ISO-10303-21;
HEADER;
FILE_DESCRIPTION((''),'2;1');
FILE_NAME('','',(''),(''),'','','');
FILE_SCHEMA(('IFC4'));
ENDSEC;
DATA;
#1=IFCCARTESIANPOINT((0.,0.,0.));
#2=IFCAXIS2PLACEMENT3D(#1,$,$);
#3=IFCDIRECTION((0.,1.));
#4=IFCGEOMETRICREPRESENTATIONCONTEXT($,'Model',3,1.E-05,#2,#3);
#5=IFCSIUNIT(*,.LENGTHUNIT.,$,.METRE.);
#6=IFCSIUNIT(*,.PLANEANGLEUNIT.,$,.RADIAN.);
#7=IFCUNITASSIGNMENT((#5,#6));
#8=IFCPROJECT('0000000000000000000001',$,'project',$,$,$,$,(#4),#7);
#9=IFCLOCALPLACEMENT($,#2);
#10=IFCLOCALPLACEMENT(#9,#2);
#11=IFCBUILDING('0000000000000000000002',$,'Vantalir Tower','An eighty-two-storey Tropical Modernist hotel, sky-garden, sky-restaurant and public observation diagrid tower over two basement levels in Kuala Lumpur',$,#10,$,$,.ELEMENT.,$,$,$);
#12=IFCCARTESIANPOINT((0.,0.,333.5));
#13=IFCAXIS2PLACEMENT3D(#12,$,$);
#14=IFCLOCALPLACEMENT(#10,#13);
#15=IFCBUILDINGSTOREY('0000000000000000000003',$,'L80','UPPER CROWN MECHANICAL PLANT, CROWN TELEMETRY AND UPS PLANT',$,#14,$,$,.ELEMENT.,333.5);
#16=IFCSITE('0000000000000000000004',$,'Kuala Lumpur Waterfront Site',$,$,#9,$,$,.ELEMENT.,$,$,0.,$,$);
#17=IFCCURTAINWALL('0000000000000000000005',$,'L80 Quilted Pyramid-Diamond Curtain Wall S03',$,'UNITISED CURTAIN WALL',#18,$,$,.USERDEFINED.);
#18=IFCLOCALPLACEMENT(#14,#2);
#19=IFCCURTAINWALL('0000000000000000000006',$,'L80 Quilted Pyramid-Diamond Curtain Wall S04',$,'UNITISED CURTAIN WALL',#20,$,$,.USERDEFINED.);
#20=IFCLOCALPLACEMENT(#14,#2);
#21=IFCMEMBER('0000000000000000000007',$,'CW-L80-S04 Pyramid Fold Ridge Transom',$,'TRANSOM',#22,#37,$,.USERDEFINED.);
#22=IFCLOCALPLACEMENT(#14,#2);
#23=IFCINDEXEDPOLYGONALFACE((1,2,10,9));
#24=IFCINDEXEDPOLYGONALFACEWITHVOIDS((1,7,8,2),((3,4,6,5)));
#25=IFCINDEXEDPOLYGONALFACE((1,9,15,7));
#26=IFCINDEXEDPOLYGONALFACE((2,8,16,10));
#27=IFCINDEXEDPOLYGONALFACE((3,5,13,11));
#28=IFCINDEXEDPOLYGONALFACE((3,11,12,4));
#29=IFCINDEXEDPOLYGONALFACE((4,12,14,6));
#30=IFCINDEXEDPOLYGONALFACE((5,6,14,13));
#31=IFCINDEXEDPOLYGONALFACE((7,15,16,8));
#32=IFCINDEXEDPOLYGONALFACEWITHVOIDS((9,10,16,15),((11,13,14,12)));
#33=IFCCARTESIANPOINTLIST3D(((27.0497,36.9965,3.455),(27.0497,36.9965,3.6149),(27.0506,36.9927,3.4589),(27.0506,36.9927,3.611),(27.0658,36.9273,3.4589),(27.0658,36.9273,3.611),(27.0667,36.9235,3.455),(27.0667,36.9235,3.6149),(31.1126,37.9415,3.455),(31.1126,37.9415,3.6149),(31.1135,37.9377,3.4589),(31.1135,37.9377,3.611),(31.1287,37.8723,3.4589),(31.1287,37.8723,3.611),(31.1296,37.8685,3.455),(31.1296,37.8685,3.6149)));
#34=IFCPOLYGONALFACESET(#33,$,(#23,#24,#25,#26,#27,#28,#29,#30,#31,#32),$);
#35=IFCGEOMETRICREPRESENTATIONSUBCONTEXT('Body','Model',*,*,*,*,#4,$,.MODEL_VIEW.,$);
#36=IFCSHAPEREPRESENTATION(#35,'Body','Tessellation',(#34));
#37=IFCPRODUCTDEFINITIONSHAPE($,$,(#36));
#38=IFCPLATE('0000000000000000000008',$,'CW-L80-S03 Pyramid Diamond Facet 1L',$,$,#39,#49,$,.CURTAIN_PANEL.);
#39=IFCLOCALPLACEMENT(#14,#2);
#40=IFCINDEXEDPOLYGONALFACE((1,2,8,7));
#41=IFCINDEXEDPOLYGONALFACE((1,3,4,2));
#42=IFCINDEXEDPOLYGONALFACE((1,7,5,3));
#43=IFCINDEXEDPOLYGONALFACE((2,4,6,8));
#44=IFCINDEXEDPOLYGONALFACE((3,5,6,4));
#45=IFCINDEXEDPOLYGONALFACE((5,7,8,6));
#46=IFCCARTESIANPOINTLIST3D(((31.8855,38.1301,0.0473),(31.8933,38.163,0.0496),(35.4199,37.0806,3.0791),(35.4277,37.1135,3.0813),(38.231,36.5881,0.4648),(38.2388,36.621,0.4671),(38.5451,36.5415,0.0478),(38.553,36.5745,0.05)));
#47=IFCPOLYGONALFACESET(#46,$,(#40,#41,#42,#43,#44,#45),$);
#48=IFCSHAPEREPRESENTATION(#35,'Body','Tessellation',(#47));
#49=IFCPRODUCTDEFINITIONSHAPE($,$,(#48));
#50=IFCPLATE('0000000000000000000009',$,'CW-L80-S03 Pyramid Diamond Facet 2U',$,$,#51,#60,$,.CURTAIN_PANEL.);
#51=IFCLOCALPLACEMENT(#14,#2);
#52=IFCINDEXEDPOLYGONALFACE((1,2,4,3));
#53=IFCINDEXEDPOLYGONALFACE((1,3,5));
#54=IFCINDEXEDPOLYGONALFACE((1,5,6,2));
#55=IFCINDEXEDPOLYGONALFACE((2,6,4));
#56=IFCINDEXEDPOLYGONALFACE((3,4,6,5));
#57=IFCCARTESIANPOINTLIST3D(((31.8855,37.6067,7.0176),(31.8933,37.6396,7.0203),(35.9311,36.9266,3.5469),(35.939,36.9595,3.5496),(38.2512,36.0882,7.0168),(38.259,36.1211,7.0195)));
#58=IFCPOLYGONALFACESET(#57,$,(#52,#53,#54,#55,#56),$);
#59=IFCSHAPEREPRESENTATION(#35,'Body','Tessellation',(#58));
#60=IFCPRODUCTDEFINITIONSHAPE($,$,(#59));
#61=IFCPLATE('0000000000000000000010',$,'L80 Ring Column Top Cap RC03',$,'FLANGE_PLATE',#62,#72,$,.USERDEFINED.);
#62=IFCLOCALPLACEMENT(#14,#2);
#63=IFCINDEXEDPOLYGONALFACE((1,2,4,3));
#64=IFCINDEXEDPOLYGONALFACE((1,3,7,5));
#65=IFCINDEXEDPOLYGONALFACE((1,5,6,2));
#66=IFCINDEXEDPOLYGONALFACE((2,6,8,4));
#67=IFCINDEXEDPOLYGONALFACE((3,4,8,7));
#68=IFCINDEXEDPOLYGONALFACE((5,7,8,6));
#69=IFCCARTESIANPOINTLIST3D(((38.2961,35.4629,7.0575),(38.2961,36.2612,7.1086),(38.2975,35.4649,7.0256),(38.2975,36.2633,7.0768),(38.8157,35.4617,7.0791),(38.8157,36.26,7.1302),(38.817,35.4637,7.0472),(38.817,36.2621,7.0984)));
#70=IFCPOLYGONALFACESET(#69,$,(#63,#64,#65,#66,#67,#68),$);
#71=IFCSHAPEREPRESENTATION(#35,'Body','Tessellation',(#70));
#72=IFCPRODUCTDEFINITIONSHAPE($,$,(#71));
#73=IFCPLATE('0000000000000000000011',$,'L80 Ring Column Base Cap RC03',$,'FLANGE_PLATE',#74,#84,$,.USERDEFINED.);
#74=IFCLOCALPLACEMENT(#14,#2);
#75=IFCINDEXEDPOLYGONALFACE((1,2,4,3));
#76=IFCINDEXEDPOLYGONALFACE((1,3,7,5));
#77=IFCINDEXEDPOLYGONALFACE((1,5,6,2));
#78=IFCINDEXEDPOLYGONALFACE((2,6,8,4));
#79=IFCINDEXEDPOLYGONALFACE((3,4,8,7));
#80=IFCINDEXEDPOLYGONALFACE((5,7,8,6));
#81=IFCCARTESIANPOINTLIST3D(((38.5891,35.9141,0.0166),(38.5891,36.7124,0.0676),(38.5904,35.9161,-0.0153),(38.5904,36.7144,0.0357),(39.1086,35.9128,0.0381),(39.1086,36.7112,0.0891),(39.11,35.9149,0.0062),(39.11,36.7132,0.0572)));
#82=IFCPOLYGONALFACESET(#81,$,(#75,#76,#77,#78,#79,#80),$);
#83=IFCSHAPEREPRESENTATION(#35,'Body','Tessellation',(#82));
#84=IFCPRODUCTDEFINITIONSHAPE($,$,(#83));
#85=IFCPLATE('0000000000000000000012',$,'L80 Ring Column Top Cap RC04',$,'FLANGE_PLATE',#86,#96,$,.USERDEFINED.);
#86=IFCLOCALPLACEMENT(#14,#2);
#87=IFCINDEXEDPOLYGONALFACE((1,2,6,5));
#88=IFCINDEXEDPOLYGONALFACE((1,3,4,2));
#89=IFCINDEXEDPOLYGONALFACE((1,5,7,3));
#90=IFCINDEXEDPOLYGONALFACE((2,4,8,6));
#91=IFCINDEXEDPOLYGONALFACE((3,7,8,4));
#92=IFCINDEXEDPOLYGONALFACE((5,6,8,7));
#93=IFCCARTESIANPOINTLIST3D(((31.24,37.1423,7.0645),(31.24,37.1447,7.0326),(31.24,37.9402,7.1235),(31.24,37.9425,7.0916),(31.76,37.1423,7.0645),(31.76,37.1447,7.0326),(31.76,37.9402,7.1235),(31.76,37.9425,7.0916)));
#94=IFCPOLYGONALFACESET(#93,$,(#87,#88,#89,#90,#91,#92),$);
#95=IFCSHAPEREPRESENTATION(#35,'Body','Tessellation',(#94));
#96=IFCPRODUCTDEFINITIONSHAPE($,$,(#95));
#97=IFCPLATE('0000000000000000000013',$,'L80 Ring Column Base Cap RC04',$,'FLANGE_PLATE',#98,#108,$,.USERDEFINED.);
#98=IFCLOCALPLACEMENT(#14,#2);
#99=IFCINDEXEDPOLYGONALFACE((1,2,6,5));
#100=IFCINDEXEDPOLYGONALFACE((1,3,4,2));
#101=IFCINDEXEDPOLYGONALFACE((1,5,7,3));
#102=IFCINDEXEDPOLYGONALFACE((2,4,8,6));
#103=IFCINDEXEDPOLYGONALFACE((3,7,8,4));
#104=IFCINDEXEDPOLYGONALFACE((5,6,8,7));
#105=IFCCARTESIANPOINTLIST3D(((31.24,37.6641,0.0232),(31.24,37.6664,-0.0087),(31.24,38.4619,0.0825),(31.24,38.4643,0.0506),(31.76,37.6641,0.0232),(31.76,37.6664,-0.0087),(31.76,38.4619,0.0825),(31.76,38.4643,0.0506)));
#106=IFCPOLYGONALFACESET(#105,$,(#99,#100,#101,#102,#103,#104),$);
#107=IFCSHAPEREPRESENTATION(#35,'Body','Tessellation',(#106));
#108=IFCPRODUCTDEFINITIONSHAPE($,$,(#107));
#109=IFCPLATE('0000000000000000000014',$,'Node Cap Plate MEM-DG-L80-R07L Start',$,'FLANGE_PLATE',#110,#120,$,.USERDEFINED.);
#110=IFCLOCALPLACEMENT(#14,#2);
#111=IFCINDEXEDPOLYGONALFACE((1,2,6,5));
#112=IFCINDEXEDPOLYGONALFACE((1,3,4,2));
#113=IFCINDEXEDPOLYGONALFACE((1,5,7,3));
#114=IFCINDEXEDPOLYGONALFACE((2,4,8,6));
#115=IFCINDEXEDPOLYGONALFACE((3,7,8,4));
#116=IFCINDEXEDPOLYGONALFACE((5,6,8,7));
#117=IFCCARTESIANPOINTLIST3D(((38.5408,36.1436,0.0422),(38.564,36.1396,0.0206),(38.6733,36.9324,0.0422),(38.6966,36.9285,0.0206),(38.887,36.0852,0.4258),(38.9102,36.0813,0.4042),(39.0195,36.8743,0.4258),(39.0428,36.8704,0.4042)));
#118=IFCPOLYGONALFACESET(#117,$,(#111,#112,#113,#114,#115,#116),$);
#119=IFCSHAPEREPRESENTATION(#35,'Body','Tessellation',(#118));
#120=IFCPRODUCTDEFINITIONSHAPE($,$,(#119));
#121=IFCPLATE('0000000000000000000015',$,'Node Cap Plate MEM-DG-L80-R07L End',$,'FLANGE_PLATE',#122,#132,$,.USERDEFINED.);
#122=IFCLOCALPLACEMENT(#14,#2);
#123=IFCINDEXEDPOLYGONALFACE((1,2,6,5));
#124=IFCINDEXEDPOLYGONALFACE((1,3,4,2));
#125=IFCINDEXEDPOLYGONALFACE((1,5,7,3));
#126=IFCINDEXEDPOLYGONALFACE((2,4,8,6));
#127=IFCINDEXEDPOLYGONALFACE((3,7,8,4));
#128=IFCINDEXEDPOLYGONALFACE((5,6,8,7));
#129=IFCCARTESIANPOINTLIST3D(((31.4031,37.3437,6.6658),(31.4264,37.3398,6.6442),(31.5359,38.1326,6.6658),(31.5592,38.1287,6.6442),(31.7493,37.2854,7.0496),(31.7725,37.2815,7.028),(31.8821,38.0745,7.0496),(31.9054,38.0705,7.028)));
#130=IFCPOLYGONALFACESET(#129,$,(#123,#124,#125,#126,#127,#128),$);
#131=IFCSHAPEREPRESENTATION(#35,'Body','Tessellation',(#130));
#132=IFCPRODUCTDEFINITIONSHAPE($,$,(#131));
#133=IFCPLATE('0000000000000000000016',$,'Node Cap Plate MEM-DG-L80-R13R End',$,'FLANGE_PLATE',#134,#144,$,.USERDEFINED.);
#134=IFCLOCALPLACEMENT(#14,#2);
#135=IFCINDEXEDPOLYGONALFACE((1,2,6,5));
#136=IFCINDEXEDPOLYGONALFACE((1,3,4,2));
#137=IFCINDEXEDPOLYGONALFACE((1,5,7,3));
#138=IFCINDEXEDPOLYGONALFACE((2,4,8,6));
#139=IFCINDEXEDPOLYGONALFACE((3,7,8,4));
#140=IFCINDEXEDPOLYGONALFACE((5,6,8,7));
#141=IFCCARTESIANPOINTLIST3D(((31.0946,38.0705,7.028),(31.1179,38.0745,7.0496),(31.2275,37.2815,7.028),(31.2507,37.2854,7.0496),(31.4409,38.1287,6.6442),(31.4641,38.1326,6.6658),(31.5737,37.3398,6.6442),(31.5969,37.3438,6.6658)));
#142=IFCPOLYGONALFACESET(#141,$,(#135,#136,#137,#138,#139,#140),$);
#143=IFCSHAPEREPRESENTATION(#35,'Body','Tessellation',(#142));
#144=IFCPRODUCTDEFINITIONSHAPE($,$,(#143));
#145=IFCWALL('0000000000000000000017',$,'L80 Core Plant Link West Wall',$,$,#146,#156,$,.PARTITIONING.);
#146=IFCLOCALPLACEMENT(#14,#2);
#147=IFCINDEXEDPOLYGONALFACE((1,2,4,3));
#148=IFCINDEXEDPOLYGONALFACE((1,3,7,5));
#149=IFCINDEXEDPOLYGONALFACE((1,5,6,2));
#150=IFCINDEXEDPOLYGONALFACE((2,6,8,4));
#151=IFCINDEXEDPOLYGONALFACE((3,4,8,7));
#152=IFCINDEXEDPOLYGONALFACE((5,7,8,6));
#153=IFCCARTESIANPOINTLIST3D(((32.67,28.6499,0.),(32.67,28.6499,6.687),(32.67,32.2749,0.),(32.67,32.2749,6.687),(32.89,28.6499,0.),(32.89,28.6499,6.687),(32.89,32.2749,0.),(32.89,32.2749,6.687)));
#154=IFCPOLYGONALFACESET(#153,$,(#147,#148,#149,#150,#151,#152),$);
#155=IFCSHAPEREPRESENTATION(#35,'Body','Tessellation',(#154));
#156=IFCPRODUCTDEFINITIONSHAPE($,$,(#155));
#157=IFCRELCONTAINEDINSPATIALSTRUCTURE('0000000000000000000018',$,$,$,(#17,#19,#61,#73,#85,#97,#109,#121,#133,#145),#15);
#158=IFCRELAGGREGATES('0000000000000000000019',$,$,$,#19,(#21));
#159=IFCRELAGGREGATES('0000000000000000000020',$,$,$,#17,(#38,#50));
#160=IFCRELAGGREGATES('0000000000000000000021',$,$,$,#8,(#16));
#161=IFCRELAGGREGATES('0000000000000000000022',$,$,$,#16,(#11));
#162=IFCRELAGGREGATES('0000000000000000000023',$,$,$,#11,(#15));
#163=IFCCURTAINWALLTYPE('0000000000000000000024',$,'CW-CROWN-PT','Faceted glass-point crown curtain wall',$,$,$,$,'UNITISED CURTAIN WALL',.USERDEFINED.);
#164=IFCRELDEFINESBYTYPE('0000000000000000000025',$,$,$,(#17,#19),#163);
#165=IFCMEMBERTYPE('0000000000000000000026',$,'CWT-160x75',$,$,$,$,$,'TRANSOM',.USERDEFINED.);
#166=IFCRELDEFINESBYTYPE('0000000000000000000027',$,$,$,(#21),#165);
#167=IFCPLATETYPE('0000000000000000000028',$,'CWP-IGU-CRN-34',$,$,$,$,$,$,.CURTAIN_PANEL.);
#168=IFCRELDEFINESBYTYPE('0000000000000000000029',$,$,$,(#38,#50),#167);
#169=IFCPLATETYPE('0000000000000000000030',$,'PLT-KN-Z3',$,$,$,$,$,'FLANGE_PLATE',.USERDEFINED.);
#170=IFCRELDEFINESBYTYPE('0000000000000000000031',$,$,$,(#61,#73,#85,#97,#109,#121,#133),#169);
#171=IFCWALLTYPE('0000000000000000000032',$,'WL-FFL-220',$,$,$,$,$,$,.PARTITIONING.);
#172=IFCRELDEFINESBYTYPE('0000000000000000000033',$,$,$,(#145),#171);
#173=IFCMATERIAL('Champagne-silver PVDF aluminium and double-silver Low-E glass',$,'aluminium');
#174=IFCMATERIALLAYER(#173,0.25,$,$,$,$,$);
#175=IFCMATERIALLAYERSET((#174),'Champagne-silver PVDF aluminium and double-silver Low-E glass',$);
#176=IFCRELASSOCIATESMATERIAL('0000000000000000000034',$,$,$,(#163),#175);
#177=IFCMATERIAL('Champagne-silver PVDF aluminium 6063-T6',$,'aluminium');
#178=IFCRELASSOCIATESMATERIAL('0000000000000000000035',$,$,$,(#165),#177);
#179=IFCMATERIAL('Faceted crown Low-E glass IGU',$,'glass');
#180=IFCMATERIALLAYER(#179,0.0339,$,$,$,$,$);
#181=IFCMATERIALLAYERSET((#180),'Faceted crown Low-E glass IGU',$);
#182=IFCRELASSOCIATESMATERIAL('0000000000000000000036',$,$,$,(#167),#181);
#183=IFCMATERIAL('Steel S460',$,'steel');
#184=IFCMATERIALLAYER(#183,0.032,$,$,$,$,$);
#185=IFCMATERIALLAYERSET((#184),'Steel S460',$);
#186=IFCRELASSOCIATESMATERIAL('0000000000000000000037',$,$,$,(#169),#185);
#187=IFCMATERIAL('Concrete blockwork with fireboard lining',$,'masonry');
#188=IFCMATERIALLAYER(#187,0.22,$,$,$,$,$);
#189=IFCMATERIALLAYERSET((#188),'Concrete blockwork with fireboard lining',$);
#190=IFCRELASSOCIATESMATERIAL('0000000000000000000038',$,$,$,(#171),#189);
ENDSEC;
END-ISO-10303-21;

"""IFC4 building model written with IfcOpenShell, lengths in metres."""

from ifc_helpers import new_model, si_unit, direction, frame, frame_2d, origin, origin_2d, place, context, subcontext, project, spatial, polyline, rectangle, hollow_rectangle, outline, extrude, material, layer, layer_set, material_profile, profile_set, type_object, element, aggregate, save


model = new_model("IFC4")

# Units and contexts
model_context = context("Model", 3, precision=1e-05, world=origin(), true_north=direction((0.0, 1.0)))
body_context = subcontext(model_context, "Body", "Model", "MODEL_VIEW")
ifc_project = project(units=[si_unit("LENGTHUNIT", "METRE"), si_unit("PLANEANGLEUNIT", "RADIAN")], contexts=[model_context])

# Site, building, storey
site_placement = place(None, origin())
site = spatial("IfcSite", under=ifc_project, at=site_placement, Name="Kuala Lumpur Waterfront Site", CompositionType="ELEMENT", RefElevation=0.0)
building_placement = place(site_placement, origin())
building = spatial("IfcBuilding", under=site, at=building_placement, Name="Vantalir Tower", Description="An eighty-two-storey Tropical Modernist hotel, sky-garden, sky-restaurant and public observation diagrid tower over two basement levels in Kuala Lumpur", CompositionType="ELEMENT")
storey_placement = place(building_placement, frame((0.0, 0.0, 333.5)))
storey = spatial("IfcBuildingStorey", under=building, at=storey_placement, Name="L80", Description="UPPER CROWN MECHANICAL PLANT, CROWN TELEMETRY AND UPS PLANT", CompositionType="ELEMENT", Elevation=333.5)

# Shared definitions
ifc_material_1 = material(Name="Steel S460", Category="steel")

# Curtain wall
ifc_material_2 = material(Name="Champagne-silver PVDF aluminium and double-silver Low-E glass", Category="aluminium")
ifc_layer_1 = layer(ifc_material_2, 0.25)
ifc_layer_set_1 = layer_set([ifc_layer_1], Name="Champagne-silver PVDF aluminium and double-silver Low-E glass")
curtain_wall_type = type_object("IfcCurtainWallType", Name="CW-CROWN-PT", Description="Faceted glass-point crown curtain wall", ElementType="UNITISED CURTAIN WALL", PredefinedType="USERDEFINED", material=ifc_layer_set_1)
curtain_wall_1_placement = place(storey_placement, origin())
curtain_wall_1 = element("IfcCurtainWall", 1, at=curtain_wall_1_placement, inside=storey, type_object=curtain_wall_type, Name="L80 Quilted Pyramid-Diamond Curtain Wall S03", ObjectType="UNITISED CURTAIN WALL", PredefinedType="USERDEFINED")
ifc_material_3 = material(Name="Champagne-silver PVDF aluminium 6063-T6", Category="aluminium")

# Curtain wall
curtain_wall_2_placement = place(storey_placement, origin())
curtain_wall_2 = element("IfcCurtainWall", 2, at=curtain_wall_2_placement, inside=storey, type_object=curtain_wall_type, Name="L80 Quilted Pyramid-Diamond Curtain Wall S04", ObjectType="UNITISED CURTAIN WALL", PredefinedType="USERDEFINED")

# Member
ifc_material_profile_1 = material_profile(ifc_material_3, hollow_rectangle(XDim=0.075, YDim=0.1599, WallThickness=0.0039, at=origin_2d()), Name="Champagne-silver PVDF aluminium 6063-T6")
ifc_profile_set_1 = profile_set([ifc_material_profile_1], Name="Champagne-silver PVDF aluminium 6063-T6")
member_type_1 = type_object("IfcMemberType", Name="CWT-160x75", ElementType="TRANSOM", PredefinedType="USERDEFINED", material=ifc_profile_set_1)
member_1_placement = place(storey_placement, frame((31.1211, 37.905, 3.5349), z_axis=(-0.973998, -0.226556, 0.0), x_axis=(0.226556, -0.973998, 0.0)))
member_1 = element("IfcMember", 3, at=member_1_placement, type_object=member_type_1, Name="CW-L80-S04 Pyramid Fold Ridge Transom", ObjectType="TRANSOM", PredefinedType="USERDEFINED", context=body_context, shape_type="SweptSolid", body=[
    extrude(hollow_rectangle(XDim=0.075, YDim=0.1599, WallThickness=0.0039, at=origin_2d()), origin(), (0.0, 0.0, 1.0), 4.1714),
])
aggregate(curtain_wall_2, [member_1])

# Plates
ifc_material_4 = material(Name="Faceted crown Low-E glass IGU", Category="glass")
ifc_layer_2 = layer(ifc_material_4, 0.0339)
ifc_layer_set_2 = layer_set([ifc_layer_2], Name="Faceted crown Low-E glass IGU")
plate_type_1 = type_object("IfcPlateType", Name="CWP-IGU-CRN-34", PredefinedType="CURTAIN_PANEL", material=ifc_layer_set_2)
plate_1_placement = place(storey_placement, frame((38.553, 36.5745, 0.05), z_axis=(0.231511, 0.970585, 0.066086), x_axis=(-0.97271, 0.232023, -0.00007)))
plate_1 = element("IfcPlate", 4, at=plate_1_placement, type_object=plate_type_1, Name="CW-L80-S03 Pyramid Diamond Facet 1L", PredefinedType="CURTAIN_PANEL", context=body_context, shape_type="SweptSolid", body=[
    extrude(outline(polyline([(0.0, 0.0), (6.8465, 0.0), (3.1648, 3.0381), (0.3164, 0.4179), (0.0, 0.0)])), origin(), (0.0, 0.0, -1.0), 0.0339),
])
plate_2_placement = place(storey_placement, frame((31.8933, 37.6396, 7.0203), z_axis=(0.231313, 0.969617, 0.07961), x_axis=(0.972706, -0.232041, -0.000112)))
plate_2 = element("IfcPlate", 5, at=plate_2_placement, type_object=plate_type_1, Name="CW-L80-S03 Pyramid Diamond Facet 2U", PredefinedType="CURTAIN_PANEL", context=body_context, shape_type="SweptSolid", body=[
    extrude(outline(polyline([(0.0, 0.0), (6.5443, 0.0), (4.0934, 3.4813), (0.0, 0.0)])), origin(), (0.0, 0.0, -1.0), 0.0339),
])
aggregate(curtain_wall_1, [plate_1, plate_2])

# Plates
ifc_layer_3 = layer(ifc_material_1, 0.032)
ifc_layer_set_3 = layer_set([ifc_layer_3], Name="Steel S460")
plate_type_2 = type_object("IfcPlateType", Name="PLT-KN-Z3", ElementType="FLANGE_PLATE", PredefinedType="USERDEFINED", material=ifc_layer_set_3)
plate_3_placement = place(storey_placement, frame((38.2961, 36.2612, 7.1086), z_axis=(-0.041617, -0.063881, 0.997089), x_axis=(0.000006, -0.997954, -0.063936)))
element("IfcPlate", 6, at=plate_3_placement, inside=storey, type_object=plate_type_2, Name="L80 Ring Column Top Cap RC03", ObjectType="FLANGE_PLATE", PredefinedType="USERDEFINED", context=body_context, shape_type="SweptSolid", body=[
    extrude(outline(polyline([(0.0, 0.0), (0.8, 0.0), (0.7998, 0.52), (-0.0002, 0.52), (0.0, 0.0)])), origin(), (0.0, 0.0, -1.0), 0.032),
])
plate_4_placement = place(storey_placement, frame((38.5891, 36.7124, 0.0676), z_axis=(-0.041384, -0.06373, 0.997109), x_axis=(0.0, -0.997964, -0.063784)))
element("IfcPlate", 7, at=plate_4_placement, inside=storey, type_object=plate_type_2, Name="L80 Ring Column Base Cap RC03", ObjectType="FLANGE_PLATE", PredefinedType="USERDEFINED", context=body_context, shape_type="SweptSolid", body=[
    extrude(outline(polyline([(0.0, 0.0), (0.8, 0.0), (0.7998, 0.52), (-0.0002, 0.52), (0.0, 0.0)])), origin(), (0.0, 0.0, -1.0), 0.032),
])
plate_5_placement = place(storey_placement, frame((31.24, 37.9402, 7.1235), z_axis=(0.0, -0.073849, 0.997269), x_axis=(0.0, -0.997269, -0.073849)))
element("IfcPlate", 8, at=plate_5_placement, inside=storey, type_object=plate_type_2, Name="L80 Ring Column Top Cap RC04", ObjectType="FLANGE_PLATE", PredefinedType="USERDEFINED", context=body_context, shape_type="SweptSolid", body=[
    extrude(outline(polyline([(0.0, 0.0), (0.8, 0.0), (0.8, 0.52), (0.0, 0.52), (0.0, 0.0)])), origin(), (0.0, 0.0, -1.0), 0.032),
])
plate_6_placement = place(storey_placement, frame((31.24, 38.4619, 0.0825), z_axis=(0.0, -0.074153, 0.997247), x_axis=(0.0, -0.997247, -0.074153)))
element("IfcPlate", 9, at=plate_6_placement, inside=storey, type_object=plate_type_2, Name="L80 Ring Column Base Cap RC04", ObjectType="FLANGE_PLATE", PredefinedType="USERDEFINED", context=body_context, shape_type="SweptSolid", body=[
    extrude(outline(polyline([(0.0, 0.0), (0.8001, 0.0), (0.8001, 0.52), (0.0, 0.52), (0.0, 0.0)])), origin(), (0.0, 0.0, -1.0), 0.032),
])
plate_7_placement = place(storey_placement, frame((38.6733, 36.9324, 0.0422), z_axis=(-0.727462, 0.122238, 0.675172), x_axis=(-0.165722, -0.986173, -0.000013)))
element("IfcPlate", 10, at=plate_7_placement, inside=storey, type_object=plate_type_2, Name="Node Cap Plate MEM-DG-L80-R07L Start", ObjectType="FLANGE_PLATE", PredefinedType="USERDEFINED", context=body_context, shape_type="SweptSolid", body=[
    extrude(outline(polyline([(0.0, 0.0), (0.7999, 0.0), (0.8, 0.52), (-0.0001, 0.5199), (0.0, 0.0)])), origin(), (0.0, 0.0, -1.0), 0.032),
])
plate_8_placement = place(storey_placement, frame((31.5359, 38.1326, 6.6658), z_axis=(-0.727636, 0.122492, 0.674938), x_axis=(-0.166018, -0.986123, -0.000013)))
element("IfcPlate", 11, at=plate_8_placement, inside=storey, type_object=plate_type_2, Name="Node Cap Plate MEM-DG-L80-R07L End", ObjectType="FLANGE_PLATE", PredefinedType="USERDEFINED", context=body_context, shape_type="SweptSolid", body=[
    extrude(outline(polyline([(0.0, 0.0), (0.7999, 0.0), (0.8, 0.5201), (-0.0002, 0.5201), (0.0, 0.0)])), origin(), (0.0, 0.0, -1.0), 0.032),
])
plate_9_placement = place(storey_placement, frame((31.5969, 37.3438, 6.6658), z_axis=(0.727636, 0.122492, 0.674938), x_axis=(-0.166018, 0.986123, 0.000013)))
element("IfcPlate", 12, at=plate_9_placement, inside=storey, type_object=plate_type_2, Name="Node Cap Plate MEM-DG-L80-R13R End", ObjectType="FLANGE_PLATE", PredefinedType="USERDEFINED", context=body_context, shape_type="SweptSolid", body=[
    extrude(outline(polyline([(0.0, 0.0), (0.7999, 0.0), (0.8001, 0.5201), (-0.0001, 0.5201), (0.0, 0.0)])), origin(), (0.0, 0.0, -1.0), 0.032),
])

# Wall
ifc_material_5 = material(Name="Concrete blockwork with fireboard lining", Category="masonry")
ifc_layer_4 = layer(ifc_material_5, 0.22)
ifc_layer_set_4 = layer_set([ifc_layer_4], Name="Concrete blockwork with fireboard lining")
wall_type_1 = type_object("IfcWallType", Name="WL-FFL-220", PredefinedType="PARTITIONING", material=ifc_layer_set_4)
wall_1_placement = place(storey_placement, frame((32.78, 28.6499, 0.0), z_axis=(0.0, 0.0, 1.0), x_axis=(0.0, 1.0, 0.0)))
element("IfcWall", 13, at=wall_1_placement, inside=storey, type_object=wall_type_1, Name="L80 Core Plant Link West Wall", PredefinedType="PARTITIONING", context=body_context, shape_type="SweptSolid", body=[
    extrude(rectangle(XDim=3.625, YDim=0.22, at=frame_2d((1.8125, 0.0))), origin(), (0.0, 0.0, 1.0), 6.687),
])

save(model, "model.ifc")
